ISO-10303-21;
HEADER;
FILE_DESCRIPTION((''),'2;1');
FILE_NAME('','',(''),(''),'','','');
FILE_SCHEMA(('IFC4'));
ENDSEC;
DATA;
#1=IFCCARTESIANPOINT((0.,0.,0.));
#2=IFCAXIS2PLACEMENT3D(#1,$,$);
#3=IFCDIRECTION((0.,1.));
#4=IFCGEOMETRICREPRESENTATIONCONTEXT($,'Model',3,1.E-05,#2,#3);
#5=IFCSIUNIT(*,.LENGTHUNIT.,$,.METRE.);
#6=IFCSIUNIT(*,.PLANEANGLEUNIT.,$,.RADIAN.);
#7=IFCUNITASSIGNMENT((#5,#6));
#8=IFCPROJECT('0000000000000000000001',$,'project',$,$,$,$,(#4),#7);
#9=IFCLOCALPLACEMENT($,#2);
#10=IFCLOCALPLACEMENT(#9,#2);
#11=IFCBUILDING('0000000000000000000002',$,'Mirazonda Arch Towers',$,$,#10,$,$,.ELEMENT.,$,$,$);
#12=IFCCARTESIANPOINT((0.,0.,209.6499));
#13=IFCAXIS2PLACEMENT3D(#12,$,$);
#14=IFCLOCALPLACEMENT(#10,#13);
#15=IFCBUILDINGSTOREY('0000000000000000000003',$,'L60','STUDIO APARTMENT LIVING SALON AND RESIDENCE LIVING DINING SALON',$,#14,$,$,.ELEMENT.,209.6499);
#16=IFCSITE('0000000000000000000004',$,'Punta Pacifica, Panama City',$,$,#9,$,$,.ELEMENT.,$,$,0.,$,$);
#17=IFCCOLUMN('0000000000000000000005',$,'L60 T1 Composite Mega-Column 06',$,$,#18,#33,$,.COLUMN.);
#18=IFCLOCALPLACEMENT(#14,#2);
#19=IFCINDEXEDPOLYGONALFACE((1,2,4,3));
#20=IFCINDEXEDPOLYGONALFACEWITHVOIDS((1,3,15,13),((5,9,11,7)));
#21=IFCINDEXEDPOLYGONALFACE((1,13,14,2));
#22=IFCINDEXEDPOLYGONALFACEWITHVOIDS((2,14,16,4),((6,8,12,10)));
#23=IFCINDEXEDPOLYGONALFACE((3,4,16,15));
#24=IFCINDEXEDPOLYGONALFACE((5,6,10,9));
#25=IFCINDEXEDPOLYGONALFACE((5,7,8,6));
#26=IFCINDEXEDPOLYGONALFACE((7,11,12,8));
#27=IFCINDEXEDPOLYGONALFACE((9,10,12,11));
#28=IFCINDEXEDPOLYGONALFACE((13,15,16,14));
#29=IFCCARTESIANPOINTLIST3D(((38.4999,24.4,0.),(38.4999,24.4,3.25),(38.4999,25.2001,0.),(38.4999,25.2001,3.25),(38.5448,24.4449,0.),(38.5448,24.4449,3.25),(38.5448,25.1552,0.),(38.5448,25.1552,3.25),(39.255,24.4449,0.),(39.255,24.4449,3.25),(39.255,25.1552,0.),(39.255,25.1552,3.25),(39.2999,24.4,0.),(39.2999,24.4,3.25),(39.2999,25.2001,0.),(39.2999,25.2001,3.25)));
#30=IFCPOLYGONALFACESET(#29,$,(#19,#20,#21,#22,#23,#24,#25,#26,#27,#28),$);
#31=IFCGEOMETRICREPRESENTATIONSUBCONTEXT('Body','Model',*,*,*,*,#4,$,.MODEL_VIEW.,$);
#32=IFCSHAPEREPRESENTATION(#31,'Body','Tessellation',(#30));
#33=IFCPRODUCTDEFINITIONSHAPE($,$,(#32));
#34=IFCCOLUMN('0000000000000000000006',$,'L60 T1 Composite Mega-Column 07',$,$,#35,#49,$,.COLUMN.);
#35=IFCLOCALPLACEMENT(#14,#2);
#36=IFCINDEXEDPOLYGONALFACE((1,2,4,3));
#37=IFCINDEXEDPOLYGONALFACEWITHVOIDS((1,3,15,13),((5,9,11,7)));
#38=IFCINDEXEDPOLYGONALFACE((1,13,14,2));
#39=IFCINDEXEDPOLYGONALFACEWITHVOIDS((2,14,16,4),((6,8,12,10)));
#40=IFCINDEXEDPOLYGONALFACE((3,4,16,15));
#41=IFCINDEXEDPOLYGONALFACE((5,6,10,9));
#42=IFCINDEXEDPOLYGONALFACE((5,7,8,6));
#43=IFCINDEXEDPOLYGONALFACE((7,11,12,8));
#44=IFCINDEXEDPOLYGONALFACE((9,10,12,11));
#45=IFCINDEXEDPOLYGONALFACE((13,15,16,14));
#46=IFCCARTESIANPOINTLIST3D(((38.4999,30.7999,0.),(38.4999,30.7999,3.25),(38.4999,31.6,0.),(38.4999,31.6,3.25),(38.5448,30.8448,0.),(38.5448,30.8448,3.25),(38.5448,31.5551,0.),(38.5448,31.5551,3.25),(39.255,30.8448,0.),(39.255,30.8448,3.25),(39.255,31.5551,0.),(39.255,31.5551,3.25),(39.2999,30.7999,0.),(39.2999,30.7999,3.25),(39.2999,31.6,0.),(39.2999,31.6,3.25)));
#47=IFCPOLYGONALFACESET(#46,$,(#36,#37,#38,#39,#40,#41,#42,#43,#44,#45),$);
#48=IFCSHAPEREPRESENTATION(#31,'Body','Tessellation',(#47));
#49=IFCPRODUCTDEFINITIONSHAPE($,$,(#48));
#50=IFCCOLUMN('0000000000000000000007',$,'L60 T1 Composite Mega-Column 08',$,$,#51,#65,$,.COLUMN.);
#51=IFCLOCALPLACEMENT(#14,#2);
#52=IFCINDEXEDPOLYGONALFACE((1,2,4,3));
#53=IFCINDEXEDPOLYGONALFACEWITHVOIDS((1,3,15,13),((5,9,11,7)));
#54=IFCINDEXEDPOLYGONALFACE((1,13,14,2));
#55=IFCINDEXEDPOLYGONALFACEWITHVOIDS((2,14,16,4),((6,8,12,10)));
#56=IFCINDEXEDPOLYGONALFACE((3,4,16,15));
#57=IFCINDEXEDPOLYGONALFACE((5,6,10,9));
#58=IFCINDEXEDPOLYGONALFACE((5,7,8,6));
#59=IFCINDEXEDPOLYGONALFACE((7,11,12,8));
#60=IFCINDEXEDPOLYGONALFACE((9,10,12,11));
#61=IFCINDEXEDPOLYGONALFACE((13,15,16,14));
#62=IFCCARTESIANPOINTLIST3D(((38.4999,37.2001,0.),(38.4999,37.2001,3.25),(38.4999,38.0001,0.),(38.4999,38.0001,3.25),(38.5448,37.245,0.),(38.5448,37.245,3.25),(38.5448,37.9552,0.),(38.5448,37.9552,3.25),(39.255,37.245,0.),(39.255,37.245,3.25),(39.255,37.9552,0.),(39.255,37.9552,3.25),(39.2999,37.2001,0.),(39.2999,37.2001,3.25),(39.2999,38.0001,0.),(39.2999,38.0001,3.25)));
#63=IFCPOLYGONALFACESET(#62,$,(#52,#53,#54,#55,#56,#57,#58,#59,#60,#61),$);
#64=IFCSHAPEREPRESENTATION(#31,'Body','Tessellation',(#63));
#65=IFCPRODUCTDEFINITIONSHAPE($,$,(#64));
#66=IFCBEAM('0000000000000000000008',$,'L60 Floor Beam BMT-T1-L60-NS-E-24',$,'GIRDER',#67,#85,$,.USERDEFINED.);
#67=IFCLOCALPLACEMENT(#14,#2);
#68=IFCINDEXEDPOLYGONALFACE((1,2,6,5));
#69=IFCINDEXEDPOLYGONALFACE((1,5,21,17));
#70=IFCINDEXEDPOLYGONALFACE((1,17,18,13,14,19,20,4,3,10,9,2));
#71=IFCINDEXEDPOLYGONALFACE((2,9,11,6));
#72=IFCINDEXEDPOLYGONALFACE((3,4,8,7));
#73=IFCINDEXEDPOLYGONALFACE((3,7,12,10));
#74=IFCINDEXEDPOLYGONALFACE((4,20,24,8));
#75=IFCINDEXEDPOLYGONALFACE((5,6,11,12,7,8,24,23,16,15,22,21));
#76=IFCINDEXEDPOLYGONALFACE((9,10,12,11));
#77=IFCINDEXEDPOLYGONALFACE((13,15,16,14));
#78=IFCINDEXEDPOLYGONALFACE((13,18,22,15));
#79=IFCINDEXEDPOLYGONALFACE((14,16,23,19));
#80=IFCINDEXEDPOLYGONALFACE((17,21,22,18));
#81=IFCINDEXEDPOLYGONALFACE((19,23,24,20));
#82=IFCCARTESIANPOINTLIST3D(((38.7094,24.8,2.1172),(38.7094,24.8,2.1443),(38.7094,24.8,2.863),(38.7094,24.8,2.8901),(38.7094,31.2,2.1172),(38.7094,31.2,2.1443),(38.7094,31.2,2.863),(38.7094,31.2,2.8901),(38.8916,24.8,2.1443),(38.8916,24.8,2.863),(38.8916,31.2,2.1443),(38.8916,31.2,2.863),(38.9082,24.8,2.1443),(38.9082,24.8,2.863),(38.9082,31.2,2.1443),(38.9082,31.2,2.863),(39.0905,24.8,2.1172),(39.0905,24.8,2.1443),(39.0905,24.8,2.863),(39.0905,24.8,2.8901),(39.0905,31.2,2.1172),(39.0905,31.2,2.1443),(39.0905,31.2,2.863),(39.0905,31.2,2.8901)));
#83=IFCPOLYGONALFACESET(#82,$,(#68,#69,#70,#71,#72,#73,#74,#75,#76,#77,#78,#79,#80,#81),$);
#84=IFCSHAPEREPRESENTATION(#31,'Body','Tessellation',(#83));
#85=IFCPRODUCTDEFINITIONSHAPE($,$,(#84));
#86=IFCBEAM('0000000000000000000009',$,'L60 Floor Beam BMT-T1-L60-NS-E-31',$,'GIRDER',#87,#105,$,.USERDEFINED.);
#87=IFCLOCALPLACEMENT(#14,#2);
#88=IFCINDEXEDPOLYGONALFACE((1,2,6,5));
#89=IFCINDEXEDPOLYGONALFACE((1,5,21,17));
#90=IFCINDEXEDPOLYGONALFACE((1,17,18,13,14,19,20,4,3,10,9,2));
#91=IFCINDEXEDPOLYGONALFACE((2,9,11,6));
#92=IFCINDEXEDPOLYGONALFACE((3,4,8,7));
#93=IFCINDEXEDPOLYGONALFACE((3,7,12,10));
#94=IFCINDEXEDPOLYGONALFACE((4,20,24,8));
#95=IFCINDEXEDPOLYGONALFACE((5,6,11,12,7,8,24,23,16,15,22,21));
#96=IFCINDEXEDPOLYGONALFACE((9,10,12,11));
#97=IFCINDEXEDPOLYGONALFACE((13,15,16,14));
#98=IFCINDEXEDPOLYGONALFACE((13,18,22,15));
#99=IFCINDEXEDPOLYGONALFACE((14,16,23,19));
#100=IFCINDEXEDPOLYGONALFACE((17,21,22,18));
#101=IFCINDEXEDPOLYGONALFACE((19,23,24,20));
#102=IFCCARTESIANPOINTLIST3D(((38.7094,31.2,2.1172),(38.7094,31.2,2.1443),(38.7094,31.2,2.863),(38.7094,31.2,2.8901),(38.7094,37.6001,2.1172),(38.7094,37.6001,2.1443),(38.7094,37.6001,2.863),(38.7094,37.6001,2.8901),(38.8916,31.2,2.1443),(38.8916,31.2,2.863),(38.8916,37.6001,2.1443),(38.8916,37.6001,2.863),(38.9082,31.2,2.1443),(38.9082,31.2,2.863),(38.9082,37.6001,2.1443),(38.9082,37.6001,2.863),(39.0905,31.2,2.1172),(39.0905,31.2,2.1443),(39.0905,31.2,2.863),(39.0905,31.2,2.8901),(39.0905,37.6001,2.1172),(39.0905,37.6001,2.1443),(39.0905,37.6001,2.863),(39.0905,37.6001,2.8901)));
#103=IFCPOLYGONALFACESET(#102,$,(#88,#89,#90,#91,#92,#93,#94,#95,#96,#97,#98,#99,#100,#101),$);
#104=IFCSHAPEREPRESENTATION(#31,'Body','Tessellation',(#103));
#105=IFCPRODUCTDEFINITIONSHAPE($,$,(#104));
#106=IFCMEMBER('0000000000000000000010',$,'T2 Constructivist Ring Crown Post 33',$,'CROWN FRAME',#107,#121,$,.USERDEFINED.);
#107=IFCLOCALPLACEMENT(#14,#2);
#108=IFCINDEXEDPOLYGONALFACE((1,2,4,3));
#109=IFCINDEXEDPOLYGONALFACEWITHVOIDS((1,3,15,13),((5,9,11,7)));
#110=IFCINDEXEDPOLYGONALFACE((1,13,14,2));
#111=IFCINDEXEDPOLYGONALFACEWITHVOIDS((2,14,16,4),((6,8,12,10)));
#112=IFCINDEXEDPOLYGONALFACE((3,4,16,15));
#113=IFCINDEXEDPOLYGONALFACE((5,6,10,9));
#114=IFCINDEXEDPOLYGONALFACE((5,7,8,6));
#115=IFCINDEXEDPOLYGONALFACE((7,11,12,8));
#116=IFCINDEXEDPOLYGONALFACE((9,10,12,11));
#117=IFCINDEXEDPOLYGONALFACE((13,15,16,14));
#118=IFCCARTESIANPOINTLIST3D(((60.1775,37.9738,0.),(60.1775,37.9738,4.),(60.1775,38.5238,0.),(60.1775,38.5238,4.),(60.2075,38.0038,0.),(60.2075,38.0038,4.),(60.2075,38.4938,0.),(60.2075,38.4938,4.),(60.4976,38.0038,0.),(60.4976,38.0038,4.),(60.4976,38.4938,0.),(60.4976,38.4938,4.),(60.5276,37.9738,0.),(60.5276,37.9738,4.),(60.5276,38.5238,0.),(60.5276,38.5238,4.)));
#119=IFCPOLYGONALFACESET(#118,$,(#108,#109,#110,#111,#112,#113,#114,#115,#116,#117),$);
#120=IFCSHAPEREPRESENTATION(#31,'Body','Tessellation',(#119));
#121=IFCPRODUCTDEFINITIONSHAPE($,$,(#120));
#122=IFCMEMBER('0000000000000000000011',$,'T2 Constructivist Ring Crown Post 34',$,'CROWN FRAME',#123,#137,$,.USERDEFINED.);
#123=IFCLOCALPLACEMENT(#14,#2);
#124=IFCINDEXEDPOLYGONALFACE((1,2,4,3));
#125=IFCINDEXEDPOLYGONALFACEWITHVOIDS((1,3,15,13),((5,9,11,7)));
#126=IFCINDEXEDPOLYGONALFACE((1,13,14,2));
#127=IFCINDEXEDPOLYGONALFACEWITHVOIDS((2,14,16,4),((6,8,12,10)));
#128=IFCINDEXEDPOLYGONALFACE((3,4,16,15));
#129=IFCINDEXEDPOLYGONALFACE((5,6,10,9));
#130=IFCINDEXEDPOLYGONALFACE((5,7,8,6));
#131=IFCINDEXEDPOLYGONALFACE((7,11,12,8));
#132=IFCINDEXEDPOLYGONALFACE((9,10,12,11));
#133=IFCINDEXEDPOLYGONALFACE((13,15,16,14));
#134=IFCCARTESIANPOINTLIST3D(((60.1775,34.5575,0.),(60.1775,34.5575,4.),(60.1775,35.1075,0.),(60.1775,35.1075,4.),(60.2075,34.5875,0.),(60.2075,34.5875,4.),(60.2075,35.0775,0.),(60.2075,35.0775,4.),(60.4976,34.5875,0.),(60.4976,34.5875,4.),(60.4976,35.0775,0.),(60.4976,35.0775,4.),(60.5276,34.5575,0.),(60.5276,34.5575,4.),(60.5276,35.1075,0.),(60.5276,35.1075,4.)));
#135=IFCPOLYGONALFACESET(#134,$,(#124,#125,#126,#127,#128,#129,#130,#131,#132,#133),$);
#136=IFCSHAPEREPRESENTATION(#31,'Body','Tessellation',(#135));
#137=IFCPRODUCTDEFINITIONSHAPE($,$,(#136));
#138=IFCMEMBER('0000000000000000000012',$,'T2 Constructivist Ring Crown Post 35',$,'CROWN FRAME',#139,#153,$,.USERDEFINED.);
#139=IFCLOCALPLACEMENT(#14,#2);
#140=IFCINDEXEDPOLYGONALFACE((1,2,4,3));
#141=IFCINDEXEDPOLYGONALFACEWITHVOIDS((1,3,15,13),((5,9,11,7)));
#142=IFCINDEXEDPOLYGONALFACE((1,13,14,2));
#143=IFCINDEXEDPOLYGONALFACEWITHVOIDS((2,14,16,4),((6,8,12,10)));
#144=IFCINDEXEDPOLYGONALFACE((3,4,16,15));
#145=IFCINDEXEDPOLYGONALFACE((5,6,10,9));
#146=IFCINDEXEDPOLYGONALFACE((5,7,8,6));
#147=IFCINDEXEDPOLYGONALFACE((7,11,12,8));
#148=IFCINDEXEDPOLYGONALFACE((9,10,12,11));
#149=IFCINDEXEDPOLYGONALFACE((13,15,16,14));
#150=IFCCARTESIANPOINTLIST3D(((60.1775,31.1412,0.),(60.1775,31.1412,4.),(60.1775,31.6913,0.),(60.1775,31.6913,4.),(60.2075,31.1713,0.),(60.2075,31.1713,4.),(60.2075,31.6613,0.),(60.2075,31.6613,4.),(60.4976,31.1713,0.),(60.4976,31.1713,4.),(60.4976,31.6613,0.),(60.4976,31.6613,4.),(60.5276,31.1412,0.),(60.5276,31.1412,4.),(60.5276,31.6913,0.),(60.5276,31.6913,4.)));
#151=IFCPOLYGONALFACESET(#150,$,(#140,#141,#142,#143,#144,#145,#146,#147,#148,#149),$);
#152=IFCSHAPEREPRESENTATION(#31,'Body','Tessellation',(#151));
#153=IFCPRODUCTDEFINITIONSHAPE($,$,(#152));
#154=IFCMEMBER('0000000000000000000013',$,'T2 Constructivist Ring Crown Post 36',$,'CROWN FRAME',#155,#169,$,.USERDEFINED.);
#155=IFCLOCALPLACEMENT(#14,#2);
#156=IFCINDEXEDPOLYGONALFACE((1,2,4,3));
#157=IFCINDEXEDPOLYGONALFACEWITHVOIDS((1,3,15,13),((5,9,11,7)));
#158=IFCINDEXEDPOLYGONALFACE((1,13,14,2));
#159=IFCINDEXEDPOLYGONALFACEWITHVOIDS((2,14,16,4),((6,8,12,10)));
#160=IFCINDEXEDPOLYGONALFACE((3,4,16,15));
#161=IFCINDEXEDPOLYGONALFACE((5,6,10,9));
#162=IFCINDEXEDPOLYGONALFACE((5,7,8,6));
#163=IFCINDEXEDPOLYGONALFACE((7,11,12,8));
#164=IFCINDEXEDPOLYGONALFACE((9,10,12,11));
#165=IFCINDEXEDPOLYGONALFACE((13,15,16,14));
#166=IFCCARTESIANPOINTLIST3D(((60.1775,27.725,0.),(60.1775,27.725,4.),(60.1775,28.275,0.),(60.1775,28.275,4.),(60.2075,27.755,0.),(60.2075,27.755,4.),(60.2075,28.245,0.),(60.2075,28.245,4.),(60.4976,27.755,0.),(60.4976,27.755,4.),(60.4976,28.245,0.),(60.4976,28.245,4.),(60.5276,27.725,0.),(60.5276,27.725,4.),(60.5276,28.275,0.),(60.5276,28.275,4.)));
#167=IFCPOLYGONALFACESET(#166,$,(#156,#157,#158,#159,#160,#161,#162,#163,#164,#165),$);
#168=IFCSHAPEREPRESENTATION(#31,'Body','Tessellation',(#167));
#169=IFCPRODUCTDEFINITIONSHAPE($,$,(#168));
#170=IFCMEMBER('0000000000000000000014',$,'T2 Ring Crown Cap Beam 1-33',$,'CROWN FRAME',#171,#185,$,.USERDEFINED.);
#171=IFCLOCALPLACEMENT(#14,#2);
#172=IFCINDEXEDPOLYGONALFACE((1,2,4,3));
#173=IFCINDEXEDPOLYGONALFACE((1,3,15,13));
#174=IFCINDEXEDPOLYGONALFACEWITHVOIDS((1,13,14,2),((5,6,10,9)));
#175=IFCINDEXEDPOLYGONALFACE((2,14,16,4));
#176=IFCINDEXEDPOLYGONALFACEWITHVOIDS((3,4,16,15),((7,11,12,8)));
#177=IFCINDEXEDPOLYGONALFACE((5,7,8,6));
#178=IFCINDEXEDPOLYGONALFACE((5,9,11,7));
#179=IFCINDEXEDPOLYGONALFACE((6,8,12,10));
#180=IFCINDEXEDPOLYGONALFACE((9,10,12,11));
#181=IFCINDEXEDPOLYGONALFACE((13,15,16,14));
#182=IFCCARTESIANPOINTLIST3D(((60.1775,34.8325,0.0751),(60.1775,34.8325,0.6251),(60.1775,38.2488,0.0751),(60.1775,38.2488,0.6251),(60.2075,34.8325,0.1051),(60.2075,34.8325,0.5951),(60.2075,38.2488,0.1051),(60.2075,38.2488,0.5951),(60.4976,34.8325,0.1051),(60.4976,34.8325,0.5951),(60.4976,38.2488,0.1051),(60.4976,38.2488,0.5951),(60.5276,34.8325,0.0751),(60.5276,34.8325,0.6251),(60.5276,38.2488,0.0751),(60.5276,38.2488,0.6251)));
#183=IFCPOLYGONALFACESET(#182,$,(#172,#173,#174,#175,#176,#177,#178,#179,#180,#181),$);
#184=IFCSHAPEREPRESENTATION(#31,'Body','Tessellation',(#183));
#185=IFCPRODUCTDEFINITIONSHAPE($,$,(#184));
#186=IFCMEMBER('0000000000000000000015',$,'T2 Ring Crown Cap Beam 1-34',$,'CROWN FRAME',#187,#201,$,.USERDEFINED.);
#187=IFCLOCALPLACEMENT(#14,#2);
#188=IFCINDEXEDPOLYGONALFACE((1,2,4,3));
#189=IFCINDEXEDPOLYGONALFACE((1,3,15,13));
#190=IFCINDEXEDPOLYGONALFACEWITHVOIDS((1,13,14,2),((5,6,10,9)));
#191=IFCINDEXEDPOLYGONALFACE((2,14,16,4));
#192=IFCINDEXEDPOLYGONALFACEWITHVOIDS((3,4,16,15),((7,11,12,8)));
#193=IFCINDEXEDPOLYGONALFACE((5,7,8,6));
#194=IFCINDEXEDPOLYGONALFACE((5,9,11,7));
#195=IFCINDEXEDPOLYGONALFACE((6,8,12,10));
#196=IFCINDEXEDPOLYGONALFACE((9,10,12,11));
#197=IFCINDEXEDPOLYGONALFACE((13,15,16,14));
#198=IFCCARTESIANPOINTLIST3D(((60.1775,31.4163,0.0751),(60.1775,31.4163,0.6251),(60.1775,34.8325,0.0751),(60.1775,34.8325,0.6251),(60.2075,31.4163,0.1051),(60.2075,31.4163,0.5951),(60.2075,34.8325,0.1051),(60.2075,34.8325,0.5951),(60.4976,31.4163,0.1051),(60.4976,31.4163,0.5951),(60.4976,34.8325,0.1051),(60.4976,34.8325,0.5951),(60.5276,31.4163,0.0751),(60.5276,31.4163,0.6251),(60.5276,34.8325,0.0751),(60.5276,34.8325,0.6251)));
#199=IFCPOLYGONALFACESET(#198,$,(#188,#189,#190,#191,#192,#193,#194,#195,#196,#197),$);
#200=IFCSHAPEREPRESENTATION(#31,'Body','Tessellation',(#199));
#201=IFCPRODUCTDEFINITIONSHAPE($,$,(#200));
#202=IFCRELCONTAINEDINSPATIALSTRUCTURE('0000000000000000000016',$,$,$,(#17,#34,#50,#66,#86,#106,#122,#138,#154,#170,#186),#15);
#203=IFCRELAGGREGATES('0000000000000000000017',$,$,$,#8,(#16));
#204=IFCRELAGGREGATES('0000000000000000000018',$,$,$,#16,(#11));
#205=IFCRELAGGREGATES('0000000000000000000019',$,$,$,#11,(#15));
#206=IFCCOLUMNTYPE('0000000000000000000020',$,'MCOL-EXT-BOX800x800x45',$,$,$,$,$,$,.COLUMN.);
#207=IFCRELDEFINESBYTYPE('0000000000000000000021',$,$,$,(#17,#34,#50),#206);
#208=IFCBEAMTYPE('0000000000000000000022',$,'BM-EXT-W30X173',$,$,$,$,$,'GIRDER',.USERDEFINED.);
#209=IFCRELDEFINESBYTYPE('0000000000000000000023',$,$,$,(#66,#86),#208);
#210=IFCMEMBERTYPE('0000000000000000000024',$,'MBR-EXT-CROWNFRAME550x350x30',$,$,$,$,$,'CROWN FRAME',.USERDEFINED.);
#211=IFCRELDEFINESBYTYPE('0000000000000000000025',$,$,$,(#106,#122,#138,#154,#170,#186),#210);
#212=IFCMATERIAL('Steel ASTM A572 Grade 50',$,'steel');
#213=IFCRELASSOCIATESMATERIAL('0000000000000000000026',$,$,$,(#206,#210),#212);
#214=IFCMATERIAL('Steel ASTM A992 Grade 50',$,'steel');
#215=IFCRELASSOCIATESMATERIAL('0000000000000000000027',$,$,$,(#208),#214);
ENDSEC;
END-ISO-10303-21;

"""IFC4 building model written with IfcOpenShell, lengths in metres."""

from ifc_helpers import new_model, si_unit, direction, frame, origin, origin_2d, place, context, subcontext, project, spatial, hollow_rectangle, i_section, extrude, material, material_profile, profile_set, type_object, element, save


model = new_model("IFC4")

# Units and contexts
model_context = context("Model", 3, precision=1e-05, world=origin(), true_north=direction((0.0, 1.0)))
body_context = subcontext(model_context, "Body", "Model", "MODEL_VIEW")
ifc_project = project(units=[si_unit("LENGTHUNIT", "METRE"), si_unit("PLANEANGLEUNIT", "RADIAN")], contexts=[model_context])

# Site, building, storey
site_placement = place(None, origin())
site = spatial("IfcSite", under=ifc_project, at=site_placement, Name="Punta Pacifica, Panama City", CompositionType="ELEMENT", RefElevation=0.0)
building_placement = place(site_placement, origin())
building = spatial("IfcBuilding", under=site, at=building_placement, Name="Mirazonda Arch Towers", CompositionType="ELEMENT")
storey_placement = place(building_placement, frame((0.0, 0.0, 209.6499)))
storey = spatial("IfcBuildingStorey", under=building, at=storey_placement, Name="L60", Description="STUDIO APARTMENT LIVING SALON AND RESIDENCE LIVING DINING SALON", CompositionType="ELEMENT", Elevation=209.6499)

# Columns
ifc_material_1 = material(Name="Steel ASTM A572 Grade 50", Category="steel")
ifc_material_profile_1 = material_profile(ifc_material_1, hollow_rectangle(XDim=0.8, YDim=0.8, WallThickness=0.0449, at=origin_2d()), Name="BOX800x800x45")
ifc_profile_set_1 = profile_set([ifc_material_profile_1], Name="Steel ASTM A572 Grade 50")
column_type = type_object("IfcColumnType", Name="MCOL-EXT-BOX800x800x45", PredefinedType="COLUMN", material=ifc_profile_set_1)
for number, where, z_axis, x_axis, name in (
    (1, (38.8999, 24.8, 0.0), (0.0, 0.0, 1.0), (1.0, 0.0, 0.0), "L60 T1 Composite Mega-Column 06"),
    (2, (38.8999, 31.2, 0.0), (0.0, 0.0, 1.0), (1.0, 0.0, 0.0), "L60 T1 Composite Mega-Column 07"),
    (3, (38.8999, 37.6001, 0.0), (0.0, 0.0, 1.0), (1.0, 0.0, 0.0), "L60 T1 Composite Mega-Column 08"),
):
    element("IfcColumn", number, at=place(storey_placement, frame(where, z_axis=z_axis, x_axis=x_axis)), inside=storey, type_object=column_type, Name=name, PredefinedType="COLUMN", context=body_context, shape_type="SweptSolid", body=[
        extrude(hollow_rectangle(XDim=0.8, YDim=0.8, WallThickness=0.0449, at=origin_2d()), origin(), (0.0, 0.0, 1.0), 3.25),
    ])

# Beams
ifc_material_2 = material(Name="Steel ASTM A992 Grade 50", Category="steel")
ifc_material_profile_2 = material_profile(ifc_material_2, i_section(OverallWidth=0.3811, OverallDepth=0.7729, WebThickness=0.0166, FlangeThickness=0.0271, at=origin_2d()), Name="W30X173")
ifc_profile_set_2 = profile_set([ifc_material_profile_2], Name="Steel ASTM A992 Grade 50")
beam_type = type_object("IfcBeamType", Name="BM-EXT-W30X173", ElementType="GIRDER", PredefinedType="USERDEFINED", material=ifc_profile_set_2)
beam_1_placement = place(storey_placement, frame((38.8999, 24.8, 2.5037), z_axis=(0.0, 1.0, 0.0), x_axis=(-1.0, 0.0, 0.0)))
element("IfcBeam", 4, at=beam_1_placement, inside=storey, type_object=beam_type, Name="L60 Floor Beam BMT-T1-L60-NS-E-24", ObjectType="GIRDER", PredefinedType="USERDEFINED", context=body_context, shape_type="SweptSolid", body=[
    extrude(i_section(OverallWidth=0.3811, OverallDepth=0.7729, WebThickness=0.0166, FlangeThickness=0.0271, at=origin_2d()), origin(), (0.0, 0.0, 1.0), 6.3999),
])
beam_2_placement = place(storey_placement, frame((38.8999, 31.2, 2.5037), z_axis=(0.0, 1.0, 0.0), x_axis=(-1.0, 0.0, 0.0)))
element("IfcBeam", 5, at=beam_2_placement, inside=storey, type_object=beam_type, Name="L60 Floor Beam BMT-T1-L60-NS-E-31", ObjectType="GIRDER", PredefinedType="USERDEFINED", context=body_context, shape_type="SweptSolid", body=[
    extrude(i_section(OverallWidth=0.3811, OverallDepth=0.7729, WebThickness=0.0166, FlangeThickness=0.0271, at=origin_2d()), origin(), (0.0, 0.0, 1.0), 6.4001),
])

# Members
ifc_material_profile_3 = material_profile(ifc_material_1, hollow_rectangle(XDim=0.3501, YDim=0.55, WallThickness=0.03, at=origin_2d()), Name="CROWNFRAME550x350x30")
ifc_profile_set_3 = profile_set([ifc_material_profile_3], Name="Steel ASTM A572 Grade 50")
member_type_1 = type_object("IfcMemberType", Name="MBR-EXT-CROWNFRAME550x350x30", ElementType="CROWN FRAME", PredefinedType="USERDEFINED", material=ifc_profile_set_3)
for number, where, z_axis, x_axis, name in (
    (6, (60.3525, 38.2488, 0.0), (0.0, 0.0, 1.0), (1.0, 0.0, 0.0), "T2 Constructivist Ring Crown Post 33"),
    (7, (60.3525, 34.8325, 0.0), (0.0, 0.0, 1.0), (1.0, 0.0, 0.0), "T2 Constructivist Ring Crown Post 34"),
    (8, (60.3525, 31.4163, 0.0), (0.0, 0.0, 1.0), (1.0, 0.0, 0.0), "T2 Constructivist Ring Crown Post 35"),
    (9, (60.3525, 28.0, 0.0), (0.0, 0.0, 1.0), (1.0, 0.0, 0.0), "T2 Constructivist Ring Crown Post 36"),
):
    element("IfcMember", number, at=place(storey_placement, frame(where, z_axis=z_axis, x_axis=x_axis)), inside=storey, type_object=member_type_1, Name=name, ObjectType="CROWN FRAME", PredefinedType="USERDEFINED", context=body_context, shape_type="SweptSolid", body=[
        extrude(hollow_rectangle(XDim=0.3501, YDim=0.55, WallThickness=0.03, at=origin_2d()), origin(), (0.0, 0.0, 1.0), 4.0),
    ])
for number, where, z_axis, x_axis, name in (
    (10, (60.3525, 38.2488, 0.3501), (0.0, -1.0, 0.0), (1.0, 0.0, 0.0), "T2 Ring Crown Cap Beam 1-33"),
    (11, (60.3525, 34.8325, 0.3501), (0.0, -1.0, 0.0), (1.0, 0.0, 0.0), "T2 Ring Crown Cap Beam 1-34"),
):
    element("IfcMember", number, at=place(storey_placement, frame(where, z_axis=z_axis, x_axis=x_axis)), inside=storey, type_object=member_type_1, Name=name, ObjectType="CROWN FRAME", PredefinedType="USERDEFINED", context=body_context, shape_type="SweptSolid", body=[
        extrude(hollow_rectangle(XDim=0.3501, YDim=0.55, WallThickness=0.03, at=origin_2d()), origin(), (0.0, 0.0, 1.0), 3.4163),
    ])

save(model, "model.ifc")
